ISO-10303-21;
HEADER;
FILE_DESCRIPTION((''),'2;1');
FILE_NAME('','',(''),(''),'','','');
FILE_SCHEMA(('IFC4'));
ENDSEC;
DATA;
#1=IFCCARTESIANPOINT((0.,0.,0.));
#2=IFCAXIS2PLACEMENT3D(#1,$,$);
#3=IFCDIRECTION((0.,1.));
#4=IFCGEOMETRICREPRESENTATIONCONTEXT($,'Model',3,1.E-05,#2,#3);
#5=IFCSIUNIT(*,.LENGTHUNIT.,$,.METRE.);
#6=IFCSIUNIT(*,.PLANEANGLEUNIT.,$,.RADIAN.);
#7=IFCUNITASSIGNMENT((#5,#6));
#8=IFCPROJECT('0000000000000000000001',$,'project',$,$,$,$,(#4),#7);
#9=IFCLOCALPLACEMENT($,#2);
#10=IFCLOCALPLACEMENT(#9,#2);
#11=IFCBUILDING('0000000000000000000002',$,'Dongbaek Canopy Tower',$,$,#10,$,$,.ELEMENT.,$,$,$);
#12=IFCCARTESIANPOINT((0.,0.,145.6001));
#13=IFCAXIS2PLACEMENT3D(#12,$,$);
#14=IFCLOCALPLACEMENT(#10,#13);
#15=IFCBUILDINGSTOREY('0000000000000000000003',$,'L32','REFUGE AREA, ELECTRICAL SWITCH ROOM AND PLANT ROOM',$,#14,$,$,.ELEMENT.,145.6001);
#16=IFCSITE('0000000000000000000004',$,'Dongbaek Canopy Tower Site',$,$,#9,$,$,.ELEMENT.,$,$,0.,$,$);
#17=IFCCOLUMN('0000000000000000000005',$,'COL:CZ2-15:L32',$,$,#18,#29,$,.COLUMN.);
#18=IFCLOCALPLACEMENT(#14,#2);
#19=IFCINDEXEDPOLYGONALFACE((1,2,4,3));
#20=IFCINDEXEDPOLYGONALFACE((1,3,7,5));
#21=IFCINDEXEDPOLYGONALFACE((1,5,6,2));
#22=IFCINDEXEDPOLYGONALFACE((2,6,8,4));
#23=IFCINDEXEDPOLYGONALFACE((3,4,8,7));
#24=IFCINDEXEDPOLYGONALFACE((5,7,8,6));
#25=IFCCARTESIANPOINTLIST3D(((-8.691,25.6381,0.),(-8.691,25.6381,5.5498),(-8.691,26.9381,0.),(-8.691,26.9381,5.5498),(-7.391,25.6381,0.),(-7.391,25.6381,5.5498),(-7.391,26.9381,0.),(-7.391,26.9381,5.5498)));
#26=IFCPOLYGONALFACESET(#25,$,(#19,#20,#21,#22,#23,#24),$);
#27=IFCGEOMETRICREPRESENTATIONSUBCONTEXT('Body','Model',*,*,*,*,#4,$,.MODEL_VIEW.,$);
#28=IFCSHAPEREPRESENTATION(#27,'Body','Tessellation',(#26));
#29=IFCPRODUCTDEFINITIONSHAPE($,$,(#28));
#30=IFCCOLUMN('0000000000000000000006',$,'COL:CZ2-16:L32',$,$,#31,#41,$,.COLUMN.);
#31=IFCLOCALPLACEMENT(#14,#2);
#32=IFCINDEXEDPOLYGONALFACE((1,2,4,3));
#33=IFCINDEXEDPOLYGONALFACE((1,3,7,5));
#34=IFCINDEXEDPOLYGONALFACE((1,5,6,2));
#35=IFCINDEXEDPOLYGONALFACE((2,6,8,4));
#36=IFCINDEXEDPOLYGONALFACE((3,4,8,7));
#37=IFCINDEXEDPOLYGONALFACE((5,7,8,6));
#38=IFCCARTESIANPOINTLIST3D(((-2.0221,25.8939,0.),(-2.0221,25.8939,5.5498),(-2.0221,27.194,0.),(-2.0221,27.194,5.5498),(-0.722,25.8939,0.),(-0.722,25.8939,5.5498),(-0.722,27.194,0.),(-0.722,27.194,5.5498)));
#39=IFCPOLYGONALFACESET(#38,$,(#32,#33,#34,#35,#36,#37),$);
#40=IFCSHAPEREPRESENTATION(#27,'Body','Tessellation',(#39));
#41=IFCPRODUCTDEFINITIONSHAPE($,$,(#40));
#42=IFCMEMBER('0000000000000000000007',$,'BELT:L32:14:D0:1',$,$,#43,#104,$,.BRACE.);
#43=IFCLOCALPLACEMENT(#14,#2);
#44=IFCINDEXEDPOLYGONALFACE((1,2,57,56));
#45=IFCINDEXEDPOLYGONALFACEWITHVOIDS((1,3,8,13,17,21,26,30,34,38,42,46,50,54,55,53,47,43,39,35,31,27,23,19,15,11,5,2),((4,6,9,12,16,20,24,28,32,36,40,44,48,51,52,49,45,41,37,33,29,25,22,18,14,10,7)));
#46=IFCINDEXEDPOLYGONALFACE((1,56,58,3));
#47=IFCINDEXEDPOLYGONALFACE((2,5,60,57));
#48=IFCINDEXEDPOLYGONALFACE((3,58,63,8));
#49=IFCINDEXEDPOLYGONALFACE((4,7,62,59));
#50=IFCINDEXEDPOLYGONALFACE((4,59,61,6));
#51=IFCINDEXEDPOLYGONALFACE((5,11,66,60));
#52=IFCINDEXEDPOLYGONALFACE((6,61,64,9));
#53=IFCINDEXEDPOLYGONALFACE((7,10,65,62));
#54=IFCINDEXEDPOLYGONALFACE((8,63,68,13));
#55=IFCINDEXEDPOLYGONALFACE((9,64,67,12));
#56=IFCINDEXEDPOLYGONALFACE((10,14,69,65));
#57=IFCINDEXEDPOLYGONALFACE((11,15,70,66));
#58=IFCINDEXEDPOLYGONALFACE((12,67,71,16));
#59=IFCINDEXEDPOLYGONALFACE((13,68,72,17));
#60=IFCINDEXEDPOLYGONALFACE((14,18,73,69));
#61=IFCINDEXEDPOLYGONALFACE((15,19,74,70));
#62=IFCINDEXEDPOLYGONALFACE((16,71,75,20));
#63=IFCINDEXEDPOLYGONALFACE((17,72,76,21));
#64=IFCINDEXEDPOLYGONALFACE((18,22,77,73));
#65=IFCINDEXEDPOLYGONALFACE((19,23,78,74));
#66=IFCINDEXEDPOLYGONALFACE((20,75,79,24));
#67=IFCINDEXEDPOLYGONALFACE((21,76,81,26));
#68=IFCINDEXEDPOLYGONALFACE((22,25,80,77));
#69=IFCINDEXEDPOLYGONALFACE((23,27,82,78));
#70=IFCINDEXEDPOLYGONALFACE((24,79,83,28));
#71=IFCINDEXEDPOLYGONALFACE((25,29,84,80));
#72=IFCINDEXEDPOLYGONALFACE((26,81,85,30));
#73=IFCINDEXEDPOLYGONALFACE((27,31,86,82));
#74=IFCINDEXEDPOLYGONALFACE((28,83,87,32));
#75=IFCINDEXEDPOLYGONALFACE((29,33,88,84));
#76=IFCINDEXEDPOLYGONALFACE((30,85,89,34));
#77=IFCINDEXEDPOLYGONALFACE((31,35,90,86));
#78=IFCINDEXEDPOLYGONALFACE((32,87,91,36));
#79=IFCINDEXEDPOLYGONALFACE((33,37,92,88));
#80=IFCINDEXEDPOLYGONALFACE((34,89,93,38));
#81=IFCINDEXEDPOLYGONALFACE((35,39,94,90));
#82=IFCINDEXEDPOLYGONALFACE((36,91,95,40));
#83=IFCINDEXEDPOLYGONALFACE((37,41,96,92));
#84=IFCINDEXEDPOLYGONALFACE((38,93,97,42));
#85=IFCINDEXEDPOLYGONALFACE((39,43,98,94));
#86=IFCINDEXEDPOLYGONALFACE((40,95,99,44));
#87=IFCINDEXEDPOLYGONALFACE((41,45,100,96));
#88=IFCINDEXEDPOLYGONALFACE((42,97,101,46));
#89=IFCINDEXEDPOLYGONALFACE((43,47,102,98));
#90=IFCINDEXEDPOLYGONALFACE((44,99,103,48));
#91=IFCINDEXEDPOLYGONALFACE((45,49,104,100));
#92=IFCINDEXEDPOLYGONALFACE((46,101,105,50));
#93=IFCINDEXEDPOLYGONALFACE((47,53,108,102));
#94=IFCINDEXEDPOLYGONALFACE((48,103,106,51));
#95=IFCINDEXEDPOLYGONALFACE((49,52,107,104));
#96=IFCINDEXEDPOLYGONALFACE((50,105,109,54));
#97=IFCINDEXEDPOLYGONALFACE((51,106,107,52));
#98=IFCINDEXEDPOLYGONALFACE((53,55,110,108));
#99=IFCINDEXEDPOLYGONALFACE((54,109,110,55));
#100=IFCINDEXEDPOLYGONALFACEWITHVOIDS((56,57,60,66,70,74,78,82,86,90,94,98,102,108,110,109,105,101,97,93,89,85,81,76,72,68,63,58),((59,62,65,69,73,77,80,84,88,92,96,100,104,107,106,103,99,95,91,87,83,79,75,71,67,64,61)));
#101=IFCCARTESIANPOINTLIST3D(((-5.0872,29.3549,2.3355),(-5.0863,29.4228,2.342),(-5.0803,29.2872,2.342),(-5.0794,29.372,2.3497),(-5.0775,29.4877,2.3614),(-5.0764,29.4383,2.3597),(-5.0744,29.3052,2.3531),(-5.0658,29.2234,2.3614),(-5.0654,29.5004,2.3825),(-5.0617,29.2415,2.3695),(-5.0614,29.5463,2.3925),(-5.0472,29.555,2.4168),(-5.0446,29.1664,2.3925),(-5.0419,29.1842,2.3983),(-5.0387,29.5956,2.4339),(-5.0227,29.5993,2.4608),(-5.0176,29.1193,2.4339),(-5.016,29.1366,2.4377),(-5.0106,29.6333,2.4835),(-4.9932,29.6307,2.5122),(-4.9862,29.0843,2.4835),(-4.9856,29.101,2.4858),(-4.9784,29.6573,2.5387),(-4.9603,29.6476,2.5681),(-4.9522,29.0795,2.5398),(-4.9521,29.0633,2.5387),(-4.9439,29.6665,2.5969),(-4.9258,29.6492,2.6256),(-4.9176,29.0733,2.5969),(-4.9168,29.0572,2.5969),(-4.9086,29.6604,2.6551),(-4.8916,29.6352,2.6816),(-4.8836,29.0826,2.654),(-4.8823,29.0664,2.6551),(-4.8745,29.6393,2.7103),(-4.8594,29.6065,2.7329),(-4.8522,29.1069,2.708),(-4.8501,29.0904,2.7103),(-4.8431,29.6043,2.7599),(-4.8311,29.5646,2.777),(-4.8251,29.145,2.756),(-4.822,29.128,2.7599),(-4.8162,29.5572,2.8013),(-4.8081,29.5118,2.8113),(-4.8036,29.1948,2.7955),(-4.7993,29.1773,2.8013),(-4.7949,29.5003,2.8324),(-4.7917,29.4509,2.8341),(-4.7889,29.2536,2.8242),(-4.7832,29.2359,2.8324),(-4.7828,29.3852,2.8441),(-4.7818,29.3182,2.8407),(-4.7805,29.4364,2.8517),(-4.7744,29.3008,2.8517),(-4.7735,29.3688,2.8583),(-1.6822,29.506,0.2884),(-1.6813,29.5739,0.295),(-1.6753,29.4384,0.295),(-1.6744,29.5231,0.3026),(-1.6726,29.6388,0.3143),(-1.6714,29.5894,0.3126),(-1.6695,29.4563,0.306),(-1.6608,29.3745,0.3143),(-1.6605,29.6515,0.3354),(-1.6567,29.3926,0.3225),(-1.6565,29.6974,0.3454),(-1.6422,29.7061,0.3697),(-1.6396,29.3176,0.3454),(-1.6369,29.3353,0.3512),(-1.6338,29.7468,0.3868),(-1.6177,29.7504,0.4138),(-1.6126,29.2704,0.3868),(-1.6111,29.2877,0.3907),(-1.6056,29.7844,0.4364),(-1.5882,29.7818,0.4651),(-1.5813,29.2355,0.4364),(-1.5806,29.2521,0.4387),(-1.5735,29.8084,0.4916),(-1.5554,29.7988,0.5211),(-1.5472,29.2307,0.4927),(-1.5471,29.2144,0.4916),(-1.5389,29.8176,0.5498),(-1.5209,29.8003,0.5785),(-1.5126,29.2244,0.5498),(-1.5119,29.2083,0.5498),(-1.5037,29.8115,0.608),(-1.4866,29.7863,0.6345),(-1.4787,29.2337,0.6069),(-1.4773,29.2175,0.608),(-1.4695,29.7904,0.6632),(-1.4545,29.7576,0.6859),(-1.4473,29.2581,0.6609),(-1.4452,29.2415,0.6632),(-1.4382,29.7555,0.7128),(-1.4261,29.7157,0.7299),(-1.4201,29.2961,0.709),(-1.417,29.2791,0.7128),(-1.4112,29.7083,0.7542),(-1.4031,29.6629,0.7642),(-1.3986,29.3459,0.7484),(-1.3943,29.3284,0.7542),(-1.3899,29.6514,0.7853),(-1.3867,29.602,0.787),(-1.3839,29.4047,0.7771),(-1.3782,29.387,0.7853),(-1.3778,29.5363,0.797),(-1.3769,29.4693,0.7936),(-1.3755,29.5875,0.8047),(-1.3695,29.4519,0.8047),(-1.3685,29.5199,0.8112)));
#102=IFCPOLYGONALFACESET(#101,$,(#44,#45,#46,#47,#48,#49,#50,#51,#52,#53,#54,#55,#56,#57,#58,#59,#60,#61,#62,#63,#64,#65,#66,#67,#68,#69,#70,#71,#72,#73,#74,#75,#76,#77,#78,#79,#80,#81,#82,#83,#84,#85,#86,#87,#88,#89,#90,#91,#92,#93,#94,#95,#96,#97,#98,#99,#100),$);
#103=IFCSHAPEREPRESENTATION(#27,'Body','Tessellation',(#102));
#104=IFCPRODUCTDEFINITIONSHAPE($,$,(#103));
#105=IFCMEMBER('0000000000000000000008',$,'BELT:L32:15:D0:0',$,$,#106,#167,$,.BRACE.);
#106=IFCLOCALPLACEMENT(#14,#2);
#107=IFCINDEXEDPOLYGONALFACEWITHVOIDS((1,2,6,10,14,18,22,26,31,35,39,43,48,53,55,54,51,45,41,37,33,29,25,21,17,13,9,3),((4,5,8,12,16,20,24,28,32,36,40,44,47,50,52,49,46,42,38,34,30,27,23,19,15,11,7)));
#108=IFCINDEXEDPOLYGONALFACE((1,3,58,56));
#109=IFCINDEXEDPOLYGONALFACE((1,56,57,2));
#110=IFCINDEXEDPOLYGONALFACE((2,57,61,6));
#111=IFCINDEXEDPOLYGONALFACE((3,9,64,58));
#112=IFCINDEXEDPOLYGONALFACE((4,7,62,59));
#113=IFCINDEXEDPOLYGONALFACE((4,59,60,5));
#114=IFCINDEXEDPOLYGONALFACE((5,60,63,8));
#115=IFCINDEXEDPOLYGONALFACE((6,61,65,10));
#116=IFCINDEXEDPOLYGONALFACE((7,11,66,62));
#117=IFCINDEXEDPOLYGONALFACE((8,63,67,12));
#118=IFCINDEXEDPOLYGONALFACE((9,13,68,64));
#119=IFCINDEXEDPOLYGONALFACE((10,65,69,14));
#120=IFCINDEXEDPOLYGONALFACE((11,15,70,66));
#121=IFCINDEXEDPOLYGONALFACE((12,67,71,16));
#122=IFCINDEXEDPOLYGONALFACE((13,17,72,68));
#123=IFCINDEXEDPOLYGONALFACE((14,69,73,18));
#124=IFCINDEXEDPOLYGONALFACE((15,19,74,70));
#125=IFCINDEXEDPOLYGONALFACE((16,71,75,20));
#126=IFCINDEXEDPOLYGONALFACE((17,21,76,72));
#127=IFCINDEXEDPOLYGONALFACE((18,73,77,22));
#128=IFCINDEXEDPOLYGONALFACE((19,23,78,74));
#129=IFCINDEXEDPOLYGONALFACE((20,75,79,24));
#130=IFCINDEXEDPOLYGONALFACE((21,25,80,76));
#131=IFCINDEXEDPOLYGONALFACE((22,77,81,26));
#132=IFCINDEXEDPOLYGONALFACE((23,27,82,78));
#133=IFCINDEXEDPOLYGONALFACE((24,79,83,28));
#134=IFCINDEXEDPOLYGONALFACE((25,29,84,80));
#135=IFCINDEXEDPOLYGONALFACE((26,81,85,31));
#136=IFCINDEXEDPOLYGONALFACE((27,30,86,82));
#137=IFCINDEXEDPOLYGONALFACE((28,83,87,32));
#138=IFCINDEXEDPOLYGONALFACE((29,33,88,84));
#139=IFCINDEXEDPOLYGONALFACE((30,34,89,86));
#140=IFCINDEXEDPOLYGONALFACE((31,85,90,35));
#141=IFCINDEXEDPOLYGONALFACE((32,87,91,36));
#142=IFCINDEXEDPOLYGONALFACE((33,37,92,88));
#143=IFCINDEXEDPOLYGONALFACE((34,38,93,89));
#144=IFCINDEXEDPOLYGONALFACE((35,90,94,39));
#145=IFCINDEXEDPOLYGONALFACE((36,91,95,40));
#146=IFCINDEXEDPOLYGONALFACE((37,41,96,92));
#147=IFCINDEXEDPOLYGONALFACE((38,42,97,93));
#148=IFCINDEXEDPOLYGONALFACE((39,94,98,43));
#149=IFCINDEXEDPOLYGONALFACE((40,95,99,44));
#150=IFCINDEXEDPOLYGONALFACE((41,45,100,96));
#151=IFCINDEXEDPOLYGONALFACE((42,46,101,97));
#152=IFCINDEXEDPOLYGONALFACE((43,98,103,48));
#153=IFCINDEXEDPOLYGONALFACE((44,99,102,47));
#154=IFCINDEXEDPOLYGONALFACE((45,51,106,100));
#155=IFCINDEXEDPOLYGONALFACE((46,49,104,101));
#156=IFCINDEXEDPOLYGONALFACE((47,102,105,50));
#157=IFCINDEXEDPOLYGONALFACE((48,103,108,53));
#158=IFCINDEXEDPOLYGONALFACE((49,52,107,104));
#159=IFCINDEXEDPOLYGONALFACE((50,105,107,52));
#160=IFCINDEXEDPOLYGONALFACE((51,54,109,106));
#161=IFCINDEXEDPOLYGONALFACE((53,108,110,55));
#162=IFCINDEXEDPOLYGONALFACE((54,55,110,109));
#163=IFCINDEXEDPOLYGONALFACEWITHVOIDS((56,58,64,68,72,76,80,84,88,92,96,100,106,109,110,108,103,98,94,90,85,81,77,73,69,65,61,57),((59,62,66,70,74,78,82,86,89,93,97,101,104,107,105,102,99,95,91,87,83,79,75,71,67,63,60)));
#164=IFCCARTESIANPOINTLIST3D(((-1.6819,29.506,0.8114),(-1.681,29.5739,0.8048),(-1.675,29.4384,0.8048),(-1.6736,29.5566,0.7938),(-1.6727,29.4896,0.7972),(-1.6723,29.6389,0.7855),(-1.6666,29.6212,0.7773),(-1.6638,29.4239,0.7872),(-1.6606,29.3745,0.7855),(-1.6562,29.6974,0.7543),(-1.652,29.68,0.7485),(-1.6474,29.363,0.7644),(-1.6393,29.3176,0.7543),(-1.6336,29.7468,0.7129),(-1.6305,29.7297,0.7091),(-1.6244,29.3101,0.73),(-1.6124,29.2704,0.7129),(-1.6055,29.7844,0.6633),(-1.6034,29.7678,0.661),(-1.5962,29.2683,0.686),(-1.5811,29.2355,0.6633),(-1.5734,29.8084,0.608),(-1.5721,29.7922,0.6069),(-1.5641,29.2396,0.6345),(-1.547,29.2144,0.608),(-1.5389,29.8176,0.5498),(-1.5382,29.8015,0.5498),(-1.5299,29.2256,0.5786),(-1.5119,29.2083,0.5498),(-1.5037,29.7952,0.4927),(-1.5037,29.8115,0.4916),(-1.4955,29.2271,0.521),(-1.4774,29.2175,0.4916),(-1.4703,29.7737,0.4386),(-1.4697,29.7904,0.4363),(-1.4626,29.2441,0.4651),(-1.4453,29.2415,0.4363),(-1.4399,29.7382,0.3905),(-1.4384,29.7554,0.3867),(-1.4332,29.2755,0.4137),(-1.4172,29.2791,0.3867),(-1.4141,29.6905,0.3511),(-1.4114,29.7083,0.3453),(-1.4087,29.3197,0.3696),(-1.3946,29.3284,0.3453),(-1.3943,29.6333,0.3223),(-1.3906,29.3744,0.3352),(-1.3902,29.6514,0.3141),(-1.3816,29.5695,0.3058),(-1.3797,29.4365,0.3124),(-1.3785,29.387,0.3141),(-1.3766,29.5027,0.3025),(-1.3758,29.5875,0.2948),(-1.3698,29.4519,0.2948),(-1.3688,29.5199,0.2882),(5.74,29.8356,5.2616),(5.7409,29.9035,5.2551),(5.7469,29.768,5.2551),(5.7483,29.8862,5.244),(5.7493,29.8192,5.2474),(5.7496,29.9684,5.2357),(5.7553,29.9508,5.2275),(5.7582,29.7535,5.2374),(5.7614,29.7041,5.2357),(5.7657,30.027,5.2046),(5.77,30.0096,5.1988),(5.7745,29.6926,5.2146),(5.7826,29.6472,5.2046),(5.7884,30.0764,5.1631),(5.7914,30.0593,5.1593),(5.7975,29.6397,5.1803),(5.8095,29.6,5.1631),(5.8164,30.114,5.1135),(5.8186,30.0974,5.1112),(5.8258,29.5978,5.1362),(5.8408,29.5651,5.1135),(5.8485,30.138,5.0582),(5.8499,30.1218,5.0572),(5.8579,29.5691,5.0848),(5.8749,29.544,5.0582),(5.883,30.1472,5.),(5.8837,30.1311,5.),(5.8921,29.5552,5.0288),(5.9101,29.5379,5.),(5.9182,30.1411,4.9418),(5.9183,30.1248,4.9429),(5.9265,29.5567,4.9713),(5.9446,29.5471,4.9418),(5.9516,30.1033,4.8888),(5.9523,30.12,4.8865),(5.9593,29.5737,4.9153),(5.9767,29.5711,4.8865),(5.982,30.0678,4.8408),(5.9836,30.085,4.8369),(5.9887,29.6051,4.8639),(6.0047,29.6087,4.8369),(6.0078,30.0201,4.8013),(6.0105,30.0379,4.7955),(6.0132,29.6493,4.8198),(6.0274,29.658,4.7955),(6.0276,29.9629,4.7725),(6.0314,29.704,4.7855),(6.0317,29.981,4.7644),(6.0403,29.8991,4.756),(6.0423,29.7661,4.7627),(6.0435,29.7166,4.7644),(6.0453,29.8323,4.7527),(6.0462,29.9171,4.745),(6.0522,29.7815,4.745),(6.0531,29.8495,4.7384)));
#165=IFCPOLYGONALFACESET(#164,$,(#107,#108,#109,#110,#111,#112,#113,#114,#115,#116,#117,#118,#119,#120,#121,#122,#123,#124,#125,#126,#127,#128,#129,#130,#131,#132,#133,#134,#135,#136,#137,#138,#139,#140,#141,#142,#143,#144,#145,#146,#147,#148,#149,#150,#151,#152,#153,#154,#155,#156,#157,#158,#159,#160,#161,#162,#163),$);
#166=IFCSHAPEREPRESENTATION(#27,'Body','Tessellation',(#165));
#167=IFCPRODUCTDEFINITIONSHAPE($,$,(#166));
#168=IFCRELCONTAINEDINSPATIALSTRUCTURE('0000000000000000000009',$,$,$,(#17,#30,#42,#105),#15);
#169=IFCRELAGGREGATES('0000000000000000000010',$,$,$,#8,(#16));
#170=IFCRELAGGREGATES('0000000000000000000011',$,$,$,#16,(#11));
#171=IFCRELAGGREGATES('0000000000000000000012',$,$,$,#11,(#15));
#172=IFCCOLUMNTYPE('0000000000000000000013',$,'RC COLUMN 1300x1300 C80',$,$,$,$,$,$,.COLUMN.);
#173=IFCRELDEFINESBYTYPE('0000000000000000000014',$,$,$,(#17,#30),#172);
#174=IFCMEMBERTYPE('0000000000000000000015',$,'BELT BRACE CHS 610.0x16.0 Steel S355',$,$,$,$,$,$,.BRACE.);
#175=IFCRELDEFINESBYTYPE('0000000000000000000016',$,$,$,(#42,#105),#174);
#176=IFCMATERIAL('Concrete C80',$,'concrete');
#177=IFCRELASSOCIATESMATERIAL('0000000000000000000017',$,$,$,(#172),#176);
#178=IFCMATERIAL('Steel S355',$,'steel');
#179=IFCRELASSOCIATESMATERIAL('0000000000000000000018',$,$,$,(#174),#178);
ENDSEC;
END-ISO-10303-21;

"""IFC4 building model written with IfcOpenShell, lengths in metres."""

from ifc_helpers import new_model, si_unit, direction, frame, origin, origin_2d, place, context, subcontext, project, spatial, rectangle, hollow_circle, extrude, material, material_profile, profile_set, type_object, element, save


model = new_model("IFC4")

# Units and contexts
model_context = context("Model", 3, precision=1e-05, world=origin(), true_north=direction((0.0, 1.0)))
body_context = subcontext(model_context, "Body", "Model", "MODEL_VIEW")
ifc_project = project(units=[si_unit("LENGTHUNIT", "METRE"), si_unit("PLANEANGLEUNIT", "RADIAN")], contexts=[model_context])

# Site, building, storey
site_placement = place(None, origin())
site = spatial("IfcSite", under=ifc_project, at=site_placement, Name="Dongbaek Canopy Tower Site", CompositionType="ELEMENT", RefElevation=0.0)
building_placement = place(site_placement, origin())
building = spatial("IfcBuilding", under=site, at=building_placement, Name="Dongbaek Canopy Tower", CompositionType="ELEMENT")
storey_placement = place(building_placement, frame((0.0, 0.0, 145.6001)))
storey = spatial("IfcBuildingStorey", under=building, at=storey_placement, Name="L32", Description="REFUGE AREA, ELECTRICAL SWITCH ROOM AND PLANT ROOM", CompositionType="ELEMENT", Elevation=145.6001)

# Columns
ifc_material_1 = material(Name="Concrete C80", Category="concrete")
ifc_material_profile_1 = material_profile(ifc_material_1, rectangle(XDim=1.3, YDim=1.3, at=origin_2d()), Name="RC COLUMN 1300x1300 C80")
ifc_profile_set_1 = profile_set([ifc_material_profile_1], Name="Concrete C80")
column_type = type_object("IfcColumnType", Name="RC COLUMN 1300x1300 C80", PredefinedType="COLUMN", material=ifc_profile_set_1)
for number, where, z_axis, x_axis, name in (
    (1, (-8.041, 26.2881, 0.0), (0.0, 0.0, 1.0), (1.0, 0.0, 0.0), "COL:CZ2-15:L32"),
    (2, (-1.3721, 26.5439, 0.0), (0.0, 0.0, 1.0), (1.0, 0.0, 0.0), "COL:CZ2-16:L32"),
):
    element("IfcColumn", number, at=place(storey_placement, frame(where, z_axis=z_axis, x_axis=x_axis)), inside=storey, type_object=column_type, Name=name, PredefinedType="COLUMN", context=body_context, shape_type="SweptSolid", body=[
        extrude(rectangle(XDim=1.3, YDim=1.3, at=origin_2d()), origin(), (0.0, 0.0, 1.0), 5.5498),
    ])

# Members
ifc_material_2 = material(Name="Steel S355", Category="steel")
ifc_material_profile_2 = material_profile(ifc_material_2, hollow_circle(Radius=0.3049, WallThickness=0.0161, at=origin_2d()), Name="BELT BRACE CHS 610.0x16.0 Steel S355")
ifc_profile_set_2 = profile_set([ifc_material_profile_2], Name="Steel S355")
member_type_1 = type_object("IfcMemberType", Name="BELT BRACE CHS 610.0x16.0 Steel S355", PredefinedType="BRACE", material=ifc_profile_set_2)
member_1_placement = place(storey_placement, frame((-1.5254, 29.5129, 0.5498), z_axis=(-0.856418, -0.03801, 0.514882), x_axis=(0.044339, -0.999017, 0.0)))
element("IfcMember", 3, at=member_1_placement, inside=storey, type_object=member_type_1, Name="BELT:L32:14:D0:1", PredefinedType="BRACE", context=body_context, shape_type="SweptSolid", body=[
    extrude(hollow_circle(Radius=0.3049, WallThickness=0.0161, at=origin_2d()), origin(), (0.0, 0.0, 1.0), 3.9758),
])
member_2_placement = place(storey_placement, frame((-1.5254, 29.5129, 0.5498), z_axis=(0.857021, 0.038058, 0.513874), x_axis=(-0.044364, 0.999015, 0.0)))
element("IfcMember", 4, at=member_2_placement, inside=storey, type_object=member_type_1, Name="BELT:L32:15:D0:0", PredefinedType="BRACE", context=body_context, shape_type="SweptSolid", body=[
    extrude(hollow_circle(Radius=0.3049, WallThickness=0.0161, at=origin_2d()), origin(), (0.0, 0.0, 1.0), 8.6602),
])

save(model, "model.ifc")
